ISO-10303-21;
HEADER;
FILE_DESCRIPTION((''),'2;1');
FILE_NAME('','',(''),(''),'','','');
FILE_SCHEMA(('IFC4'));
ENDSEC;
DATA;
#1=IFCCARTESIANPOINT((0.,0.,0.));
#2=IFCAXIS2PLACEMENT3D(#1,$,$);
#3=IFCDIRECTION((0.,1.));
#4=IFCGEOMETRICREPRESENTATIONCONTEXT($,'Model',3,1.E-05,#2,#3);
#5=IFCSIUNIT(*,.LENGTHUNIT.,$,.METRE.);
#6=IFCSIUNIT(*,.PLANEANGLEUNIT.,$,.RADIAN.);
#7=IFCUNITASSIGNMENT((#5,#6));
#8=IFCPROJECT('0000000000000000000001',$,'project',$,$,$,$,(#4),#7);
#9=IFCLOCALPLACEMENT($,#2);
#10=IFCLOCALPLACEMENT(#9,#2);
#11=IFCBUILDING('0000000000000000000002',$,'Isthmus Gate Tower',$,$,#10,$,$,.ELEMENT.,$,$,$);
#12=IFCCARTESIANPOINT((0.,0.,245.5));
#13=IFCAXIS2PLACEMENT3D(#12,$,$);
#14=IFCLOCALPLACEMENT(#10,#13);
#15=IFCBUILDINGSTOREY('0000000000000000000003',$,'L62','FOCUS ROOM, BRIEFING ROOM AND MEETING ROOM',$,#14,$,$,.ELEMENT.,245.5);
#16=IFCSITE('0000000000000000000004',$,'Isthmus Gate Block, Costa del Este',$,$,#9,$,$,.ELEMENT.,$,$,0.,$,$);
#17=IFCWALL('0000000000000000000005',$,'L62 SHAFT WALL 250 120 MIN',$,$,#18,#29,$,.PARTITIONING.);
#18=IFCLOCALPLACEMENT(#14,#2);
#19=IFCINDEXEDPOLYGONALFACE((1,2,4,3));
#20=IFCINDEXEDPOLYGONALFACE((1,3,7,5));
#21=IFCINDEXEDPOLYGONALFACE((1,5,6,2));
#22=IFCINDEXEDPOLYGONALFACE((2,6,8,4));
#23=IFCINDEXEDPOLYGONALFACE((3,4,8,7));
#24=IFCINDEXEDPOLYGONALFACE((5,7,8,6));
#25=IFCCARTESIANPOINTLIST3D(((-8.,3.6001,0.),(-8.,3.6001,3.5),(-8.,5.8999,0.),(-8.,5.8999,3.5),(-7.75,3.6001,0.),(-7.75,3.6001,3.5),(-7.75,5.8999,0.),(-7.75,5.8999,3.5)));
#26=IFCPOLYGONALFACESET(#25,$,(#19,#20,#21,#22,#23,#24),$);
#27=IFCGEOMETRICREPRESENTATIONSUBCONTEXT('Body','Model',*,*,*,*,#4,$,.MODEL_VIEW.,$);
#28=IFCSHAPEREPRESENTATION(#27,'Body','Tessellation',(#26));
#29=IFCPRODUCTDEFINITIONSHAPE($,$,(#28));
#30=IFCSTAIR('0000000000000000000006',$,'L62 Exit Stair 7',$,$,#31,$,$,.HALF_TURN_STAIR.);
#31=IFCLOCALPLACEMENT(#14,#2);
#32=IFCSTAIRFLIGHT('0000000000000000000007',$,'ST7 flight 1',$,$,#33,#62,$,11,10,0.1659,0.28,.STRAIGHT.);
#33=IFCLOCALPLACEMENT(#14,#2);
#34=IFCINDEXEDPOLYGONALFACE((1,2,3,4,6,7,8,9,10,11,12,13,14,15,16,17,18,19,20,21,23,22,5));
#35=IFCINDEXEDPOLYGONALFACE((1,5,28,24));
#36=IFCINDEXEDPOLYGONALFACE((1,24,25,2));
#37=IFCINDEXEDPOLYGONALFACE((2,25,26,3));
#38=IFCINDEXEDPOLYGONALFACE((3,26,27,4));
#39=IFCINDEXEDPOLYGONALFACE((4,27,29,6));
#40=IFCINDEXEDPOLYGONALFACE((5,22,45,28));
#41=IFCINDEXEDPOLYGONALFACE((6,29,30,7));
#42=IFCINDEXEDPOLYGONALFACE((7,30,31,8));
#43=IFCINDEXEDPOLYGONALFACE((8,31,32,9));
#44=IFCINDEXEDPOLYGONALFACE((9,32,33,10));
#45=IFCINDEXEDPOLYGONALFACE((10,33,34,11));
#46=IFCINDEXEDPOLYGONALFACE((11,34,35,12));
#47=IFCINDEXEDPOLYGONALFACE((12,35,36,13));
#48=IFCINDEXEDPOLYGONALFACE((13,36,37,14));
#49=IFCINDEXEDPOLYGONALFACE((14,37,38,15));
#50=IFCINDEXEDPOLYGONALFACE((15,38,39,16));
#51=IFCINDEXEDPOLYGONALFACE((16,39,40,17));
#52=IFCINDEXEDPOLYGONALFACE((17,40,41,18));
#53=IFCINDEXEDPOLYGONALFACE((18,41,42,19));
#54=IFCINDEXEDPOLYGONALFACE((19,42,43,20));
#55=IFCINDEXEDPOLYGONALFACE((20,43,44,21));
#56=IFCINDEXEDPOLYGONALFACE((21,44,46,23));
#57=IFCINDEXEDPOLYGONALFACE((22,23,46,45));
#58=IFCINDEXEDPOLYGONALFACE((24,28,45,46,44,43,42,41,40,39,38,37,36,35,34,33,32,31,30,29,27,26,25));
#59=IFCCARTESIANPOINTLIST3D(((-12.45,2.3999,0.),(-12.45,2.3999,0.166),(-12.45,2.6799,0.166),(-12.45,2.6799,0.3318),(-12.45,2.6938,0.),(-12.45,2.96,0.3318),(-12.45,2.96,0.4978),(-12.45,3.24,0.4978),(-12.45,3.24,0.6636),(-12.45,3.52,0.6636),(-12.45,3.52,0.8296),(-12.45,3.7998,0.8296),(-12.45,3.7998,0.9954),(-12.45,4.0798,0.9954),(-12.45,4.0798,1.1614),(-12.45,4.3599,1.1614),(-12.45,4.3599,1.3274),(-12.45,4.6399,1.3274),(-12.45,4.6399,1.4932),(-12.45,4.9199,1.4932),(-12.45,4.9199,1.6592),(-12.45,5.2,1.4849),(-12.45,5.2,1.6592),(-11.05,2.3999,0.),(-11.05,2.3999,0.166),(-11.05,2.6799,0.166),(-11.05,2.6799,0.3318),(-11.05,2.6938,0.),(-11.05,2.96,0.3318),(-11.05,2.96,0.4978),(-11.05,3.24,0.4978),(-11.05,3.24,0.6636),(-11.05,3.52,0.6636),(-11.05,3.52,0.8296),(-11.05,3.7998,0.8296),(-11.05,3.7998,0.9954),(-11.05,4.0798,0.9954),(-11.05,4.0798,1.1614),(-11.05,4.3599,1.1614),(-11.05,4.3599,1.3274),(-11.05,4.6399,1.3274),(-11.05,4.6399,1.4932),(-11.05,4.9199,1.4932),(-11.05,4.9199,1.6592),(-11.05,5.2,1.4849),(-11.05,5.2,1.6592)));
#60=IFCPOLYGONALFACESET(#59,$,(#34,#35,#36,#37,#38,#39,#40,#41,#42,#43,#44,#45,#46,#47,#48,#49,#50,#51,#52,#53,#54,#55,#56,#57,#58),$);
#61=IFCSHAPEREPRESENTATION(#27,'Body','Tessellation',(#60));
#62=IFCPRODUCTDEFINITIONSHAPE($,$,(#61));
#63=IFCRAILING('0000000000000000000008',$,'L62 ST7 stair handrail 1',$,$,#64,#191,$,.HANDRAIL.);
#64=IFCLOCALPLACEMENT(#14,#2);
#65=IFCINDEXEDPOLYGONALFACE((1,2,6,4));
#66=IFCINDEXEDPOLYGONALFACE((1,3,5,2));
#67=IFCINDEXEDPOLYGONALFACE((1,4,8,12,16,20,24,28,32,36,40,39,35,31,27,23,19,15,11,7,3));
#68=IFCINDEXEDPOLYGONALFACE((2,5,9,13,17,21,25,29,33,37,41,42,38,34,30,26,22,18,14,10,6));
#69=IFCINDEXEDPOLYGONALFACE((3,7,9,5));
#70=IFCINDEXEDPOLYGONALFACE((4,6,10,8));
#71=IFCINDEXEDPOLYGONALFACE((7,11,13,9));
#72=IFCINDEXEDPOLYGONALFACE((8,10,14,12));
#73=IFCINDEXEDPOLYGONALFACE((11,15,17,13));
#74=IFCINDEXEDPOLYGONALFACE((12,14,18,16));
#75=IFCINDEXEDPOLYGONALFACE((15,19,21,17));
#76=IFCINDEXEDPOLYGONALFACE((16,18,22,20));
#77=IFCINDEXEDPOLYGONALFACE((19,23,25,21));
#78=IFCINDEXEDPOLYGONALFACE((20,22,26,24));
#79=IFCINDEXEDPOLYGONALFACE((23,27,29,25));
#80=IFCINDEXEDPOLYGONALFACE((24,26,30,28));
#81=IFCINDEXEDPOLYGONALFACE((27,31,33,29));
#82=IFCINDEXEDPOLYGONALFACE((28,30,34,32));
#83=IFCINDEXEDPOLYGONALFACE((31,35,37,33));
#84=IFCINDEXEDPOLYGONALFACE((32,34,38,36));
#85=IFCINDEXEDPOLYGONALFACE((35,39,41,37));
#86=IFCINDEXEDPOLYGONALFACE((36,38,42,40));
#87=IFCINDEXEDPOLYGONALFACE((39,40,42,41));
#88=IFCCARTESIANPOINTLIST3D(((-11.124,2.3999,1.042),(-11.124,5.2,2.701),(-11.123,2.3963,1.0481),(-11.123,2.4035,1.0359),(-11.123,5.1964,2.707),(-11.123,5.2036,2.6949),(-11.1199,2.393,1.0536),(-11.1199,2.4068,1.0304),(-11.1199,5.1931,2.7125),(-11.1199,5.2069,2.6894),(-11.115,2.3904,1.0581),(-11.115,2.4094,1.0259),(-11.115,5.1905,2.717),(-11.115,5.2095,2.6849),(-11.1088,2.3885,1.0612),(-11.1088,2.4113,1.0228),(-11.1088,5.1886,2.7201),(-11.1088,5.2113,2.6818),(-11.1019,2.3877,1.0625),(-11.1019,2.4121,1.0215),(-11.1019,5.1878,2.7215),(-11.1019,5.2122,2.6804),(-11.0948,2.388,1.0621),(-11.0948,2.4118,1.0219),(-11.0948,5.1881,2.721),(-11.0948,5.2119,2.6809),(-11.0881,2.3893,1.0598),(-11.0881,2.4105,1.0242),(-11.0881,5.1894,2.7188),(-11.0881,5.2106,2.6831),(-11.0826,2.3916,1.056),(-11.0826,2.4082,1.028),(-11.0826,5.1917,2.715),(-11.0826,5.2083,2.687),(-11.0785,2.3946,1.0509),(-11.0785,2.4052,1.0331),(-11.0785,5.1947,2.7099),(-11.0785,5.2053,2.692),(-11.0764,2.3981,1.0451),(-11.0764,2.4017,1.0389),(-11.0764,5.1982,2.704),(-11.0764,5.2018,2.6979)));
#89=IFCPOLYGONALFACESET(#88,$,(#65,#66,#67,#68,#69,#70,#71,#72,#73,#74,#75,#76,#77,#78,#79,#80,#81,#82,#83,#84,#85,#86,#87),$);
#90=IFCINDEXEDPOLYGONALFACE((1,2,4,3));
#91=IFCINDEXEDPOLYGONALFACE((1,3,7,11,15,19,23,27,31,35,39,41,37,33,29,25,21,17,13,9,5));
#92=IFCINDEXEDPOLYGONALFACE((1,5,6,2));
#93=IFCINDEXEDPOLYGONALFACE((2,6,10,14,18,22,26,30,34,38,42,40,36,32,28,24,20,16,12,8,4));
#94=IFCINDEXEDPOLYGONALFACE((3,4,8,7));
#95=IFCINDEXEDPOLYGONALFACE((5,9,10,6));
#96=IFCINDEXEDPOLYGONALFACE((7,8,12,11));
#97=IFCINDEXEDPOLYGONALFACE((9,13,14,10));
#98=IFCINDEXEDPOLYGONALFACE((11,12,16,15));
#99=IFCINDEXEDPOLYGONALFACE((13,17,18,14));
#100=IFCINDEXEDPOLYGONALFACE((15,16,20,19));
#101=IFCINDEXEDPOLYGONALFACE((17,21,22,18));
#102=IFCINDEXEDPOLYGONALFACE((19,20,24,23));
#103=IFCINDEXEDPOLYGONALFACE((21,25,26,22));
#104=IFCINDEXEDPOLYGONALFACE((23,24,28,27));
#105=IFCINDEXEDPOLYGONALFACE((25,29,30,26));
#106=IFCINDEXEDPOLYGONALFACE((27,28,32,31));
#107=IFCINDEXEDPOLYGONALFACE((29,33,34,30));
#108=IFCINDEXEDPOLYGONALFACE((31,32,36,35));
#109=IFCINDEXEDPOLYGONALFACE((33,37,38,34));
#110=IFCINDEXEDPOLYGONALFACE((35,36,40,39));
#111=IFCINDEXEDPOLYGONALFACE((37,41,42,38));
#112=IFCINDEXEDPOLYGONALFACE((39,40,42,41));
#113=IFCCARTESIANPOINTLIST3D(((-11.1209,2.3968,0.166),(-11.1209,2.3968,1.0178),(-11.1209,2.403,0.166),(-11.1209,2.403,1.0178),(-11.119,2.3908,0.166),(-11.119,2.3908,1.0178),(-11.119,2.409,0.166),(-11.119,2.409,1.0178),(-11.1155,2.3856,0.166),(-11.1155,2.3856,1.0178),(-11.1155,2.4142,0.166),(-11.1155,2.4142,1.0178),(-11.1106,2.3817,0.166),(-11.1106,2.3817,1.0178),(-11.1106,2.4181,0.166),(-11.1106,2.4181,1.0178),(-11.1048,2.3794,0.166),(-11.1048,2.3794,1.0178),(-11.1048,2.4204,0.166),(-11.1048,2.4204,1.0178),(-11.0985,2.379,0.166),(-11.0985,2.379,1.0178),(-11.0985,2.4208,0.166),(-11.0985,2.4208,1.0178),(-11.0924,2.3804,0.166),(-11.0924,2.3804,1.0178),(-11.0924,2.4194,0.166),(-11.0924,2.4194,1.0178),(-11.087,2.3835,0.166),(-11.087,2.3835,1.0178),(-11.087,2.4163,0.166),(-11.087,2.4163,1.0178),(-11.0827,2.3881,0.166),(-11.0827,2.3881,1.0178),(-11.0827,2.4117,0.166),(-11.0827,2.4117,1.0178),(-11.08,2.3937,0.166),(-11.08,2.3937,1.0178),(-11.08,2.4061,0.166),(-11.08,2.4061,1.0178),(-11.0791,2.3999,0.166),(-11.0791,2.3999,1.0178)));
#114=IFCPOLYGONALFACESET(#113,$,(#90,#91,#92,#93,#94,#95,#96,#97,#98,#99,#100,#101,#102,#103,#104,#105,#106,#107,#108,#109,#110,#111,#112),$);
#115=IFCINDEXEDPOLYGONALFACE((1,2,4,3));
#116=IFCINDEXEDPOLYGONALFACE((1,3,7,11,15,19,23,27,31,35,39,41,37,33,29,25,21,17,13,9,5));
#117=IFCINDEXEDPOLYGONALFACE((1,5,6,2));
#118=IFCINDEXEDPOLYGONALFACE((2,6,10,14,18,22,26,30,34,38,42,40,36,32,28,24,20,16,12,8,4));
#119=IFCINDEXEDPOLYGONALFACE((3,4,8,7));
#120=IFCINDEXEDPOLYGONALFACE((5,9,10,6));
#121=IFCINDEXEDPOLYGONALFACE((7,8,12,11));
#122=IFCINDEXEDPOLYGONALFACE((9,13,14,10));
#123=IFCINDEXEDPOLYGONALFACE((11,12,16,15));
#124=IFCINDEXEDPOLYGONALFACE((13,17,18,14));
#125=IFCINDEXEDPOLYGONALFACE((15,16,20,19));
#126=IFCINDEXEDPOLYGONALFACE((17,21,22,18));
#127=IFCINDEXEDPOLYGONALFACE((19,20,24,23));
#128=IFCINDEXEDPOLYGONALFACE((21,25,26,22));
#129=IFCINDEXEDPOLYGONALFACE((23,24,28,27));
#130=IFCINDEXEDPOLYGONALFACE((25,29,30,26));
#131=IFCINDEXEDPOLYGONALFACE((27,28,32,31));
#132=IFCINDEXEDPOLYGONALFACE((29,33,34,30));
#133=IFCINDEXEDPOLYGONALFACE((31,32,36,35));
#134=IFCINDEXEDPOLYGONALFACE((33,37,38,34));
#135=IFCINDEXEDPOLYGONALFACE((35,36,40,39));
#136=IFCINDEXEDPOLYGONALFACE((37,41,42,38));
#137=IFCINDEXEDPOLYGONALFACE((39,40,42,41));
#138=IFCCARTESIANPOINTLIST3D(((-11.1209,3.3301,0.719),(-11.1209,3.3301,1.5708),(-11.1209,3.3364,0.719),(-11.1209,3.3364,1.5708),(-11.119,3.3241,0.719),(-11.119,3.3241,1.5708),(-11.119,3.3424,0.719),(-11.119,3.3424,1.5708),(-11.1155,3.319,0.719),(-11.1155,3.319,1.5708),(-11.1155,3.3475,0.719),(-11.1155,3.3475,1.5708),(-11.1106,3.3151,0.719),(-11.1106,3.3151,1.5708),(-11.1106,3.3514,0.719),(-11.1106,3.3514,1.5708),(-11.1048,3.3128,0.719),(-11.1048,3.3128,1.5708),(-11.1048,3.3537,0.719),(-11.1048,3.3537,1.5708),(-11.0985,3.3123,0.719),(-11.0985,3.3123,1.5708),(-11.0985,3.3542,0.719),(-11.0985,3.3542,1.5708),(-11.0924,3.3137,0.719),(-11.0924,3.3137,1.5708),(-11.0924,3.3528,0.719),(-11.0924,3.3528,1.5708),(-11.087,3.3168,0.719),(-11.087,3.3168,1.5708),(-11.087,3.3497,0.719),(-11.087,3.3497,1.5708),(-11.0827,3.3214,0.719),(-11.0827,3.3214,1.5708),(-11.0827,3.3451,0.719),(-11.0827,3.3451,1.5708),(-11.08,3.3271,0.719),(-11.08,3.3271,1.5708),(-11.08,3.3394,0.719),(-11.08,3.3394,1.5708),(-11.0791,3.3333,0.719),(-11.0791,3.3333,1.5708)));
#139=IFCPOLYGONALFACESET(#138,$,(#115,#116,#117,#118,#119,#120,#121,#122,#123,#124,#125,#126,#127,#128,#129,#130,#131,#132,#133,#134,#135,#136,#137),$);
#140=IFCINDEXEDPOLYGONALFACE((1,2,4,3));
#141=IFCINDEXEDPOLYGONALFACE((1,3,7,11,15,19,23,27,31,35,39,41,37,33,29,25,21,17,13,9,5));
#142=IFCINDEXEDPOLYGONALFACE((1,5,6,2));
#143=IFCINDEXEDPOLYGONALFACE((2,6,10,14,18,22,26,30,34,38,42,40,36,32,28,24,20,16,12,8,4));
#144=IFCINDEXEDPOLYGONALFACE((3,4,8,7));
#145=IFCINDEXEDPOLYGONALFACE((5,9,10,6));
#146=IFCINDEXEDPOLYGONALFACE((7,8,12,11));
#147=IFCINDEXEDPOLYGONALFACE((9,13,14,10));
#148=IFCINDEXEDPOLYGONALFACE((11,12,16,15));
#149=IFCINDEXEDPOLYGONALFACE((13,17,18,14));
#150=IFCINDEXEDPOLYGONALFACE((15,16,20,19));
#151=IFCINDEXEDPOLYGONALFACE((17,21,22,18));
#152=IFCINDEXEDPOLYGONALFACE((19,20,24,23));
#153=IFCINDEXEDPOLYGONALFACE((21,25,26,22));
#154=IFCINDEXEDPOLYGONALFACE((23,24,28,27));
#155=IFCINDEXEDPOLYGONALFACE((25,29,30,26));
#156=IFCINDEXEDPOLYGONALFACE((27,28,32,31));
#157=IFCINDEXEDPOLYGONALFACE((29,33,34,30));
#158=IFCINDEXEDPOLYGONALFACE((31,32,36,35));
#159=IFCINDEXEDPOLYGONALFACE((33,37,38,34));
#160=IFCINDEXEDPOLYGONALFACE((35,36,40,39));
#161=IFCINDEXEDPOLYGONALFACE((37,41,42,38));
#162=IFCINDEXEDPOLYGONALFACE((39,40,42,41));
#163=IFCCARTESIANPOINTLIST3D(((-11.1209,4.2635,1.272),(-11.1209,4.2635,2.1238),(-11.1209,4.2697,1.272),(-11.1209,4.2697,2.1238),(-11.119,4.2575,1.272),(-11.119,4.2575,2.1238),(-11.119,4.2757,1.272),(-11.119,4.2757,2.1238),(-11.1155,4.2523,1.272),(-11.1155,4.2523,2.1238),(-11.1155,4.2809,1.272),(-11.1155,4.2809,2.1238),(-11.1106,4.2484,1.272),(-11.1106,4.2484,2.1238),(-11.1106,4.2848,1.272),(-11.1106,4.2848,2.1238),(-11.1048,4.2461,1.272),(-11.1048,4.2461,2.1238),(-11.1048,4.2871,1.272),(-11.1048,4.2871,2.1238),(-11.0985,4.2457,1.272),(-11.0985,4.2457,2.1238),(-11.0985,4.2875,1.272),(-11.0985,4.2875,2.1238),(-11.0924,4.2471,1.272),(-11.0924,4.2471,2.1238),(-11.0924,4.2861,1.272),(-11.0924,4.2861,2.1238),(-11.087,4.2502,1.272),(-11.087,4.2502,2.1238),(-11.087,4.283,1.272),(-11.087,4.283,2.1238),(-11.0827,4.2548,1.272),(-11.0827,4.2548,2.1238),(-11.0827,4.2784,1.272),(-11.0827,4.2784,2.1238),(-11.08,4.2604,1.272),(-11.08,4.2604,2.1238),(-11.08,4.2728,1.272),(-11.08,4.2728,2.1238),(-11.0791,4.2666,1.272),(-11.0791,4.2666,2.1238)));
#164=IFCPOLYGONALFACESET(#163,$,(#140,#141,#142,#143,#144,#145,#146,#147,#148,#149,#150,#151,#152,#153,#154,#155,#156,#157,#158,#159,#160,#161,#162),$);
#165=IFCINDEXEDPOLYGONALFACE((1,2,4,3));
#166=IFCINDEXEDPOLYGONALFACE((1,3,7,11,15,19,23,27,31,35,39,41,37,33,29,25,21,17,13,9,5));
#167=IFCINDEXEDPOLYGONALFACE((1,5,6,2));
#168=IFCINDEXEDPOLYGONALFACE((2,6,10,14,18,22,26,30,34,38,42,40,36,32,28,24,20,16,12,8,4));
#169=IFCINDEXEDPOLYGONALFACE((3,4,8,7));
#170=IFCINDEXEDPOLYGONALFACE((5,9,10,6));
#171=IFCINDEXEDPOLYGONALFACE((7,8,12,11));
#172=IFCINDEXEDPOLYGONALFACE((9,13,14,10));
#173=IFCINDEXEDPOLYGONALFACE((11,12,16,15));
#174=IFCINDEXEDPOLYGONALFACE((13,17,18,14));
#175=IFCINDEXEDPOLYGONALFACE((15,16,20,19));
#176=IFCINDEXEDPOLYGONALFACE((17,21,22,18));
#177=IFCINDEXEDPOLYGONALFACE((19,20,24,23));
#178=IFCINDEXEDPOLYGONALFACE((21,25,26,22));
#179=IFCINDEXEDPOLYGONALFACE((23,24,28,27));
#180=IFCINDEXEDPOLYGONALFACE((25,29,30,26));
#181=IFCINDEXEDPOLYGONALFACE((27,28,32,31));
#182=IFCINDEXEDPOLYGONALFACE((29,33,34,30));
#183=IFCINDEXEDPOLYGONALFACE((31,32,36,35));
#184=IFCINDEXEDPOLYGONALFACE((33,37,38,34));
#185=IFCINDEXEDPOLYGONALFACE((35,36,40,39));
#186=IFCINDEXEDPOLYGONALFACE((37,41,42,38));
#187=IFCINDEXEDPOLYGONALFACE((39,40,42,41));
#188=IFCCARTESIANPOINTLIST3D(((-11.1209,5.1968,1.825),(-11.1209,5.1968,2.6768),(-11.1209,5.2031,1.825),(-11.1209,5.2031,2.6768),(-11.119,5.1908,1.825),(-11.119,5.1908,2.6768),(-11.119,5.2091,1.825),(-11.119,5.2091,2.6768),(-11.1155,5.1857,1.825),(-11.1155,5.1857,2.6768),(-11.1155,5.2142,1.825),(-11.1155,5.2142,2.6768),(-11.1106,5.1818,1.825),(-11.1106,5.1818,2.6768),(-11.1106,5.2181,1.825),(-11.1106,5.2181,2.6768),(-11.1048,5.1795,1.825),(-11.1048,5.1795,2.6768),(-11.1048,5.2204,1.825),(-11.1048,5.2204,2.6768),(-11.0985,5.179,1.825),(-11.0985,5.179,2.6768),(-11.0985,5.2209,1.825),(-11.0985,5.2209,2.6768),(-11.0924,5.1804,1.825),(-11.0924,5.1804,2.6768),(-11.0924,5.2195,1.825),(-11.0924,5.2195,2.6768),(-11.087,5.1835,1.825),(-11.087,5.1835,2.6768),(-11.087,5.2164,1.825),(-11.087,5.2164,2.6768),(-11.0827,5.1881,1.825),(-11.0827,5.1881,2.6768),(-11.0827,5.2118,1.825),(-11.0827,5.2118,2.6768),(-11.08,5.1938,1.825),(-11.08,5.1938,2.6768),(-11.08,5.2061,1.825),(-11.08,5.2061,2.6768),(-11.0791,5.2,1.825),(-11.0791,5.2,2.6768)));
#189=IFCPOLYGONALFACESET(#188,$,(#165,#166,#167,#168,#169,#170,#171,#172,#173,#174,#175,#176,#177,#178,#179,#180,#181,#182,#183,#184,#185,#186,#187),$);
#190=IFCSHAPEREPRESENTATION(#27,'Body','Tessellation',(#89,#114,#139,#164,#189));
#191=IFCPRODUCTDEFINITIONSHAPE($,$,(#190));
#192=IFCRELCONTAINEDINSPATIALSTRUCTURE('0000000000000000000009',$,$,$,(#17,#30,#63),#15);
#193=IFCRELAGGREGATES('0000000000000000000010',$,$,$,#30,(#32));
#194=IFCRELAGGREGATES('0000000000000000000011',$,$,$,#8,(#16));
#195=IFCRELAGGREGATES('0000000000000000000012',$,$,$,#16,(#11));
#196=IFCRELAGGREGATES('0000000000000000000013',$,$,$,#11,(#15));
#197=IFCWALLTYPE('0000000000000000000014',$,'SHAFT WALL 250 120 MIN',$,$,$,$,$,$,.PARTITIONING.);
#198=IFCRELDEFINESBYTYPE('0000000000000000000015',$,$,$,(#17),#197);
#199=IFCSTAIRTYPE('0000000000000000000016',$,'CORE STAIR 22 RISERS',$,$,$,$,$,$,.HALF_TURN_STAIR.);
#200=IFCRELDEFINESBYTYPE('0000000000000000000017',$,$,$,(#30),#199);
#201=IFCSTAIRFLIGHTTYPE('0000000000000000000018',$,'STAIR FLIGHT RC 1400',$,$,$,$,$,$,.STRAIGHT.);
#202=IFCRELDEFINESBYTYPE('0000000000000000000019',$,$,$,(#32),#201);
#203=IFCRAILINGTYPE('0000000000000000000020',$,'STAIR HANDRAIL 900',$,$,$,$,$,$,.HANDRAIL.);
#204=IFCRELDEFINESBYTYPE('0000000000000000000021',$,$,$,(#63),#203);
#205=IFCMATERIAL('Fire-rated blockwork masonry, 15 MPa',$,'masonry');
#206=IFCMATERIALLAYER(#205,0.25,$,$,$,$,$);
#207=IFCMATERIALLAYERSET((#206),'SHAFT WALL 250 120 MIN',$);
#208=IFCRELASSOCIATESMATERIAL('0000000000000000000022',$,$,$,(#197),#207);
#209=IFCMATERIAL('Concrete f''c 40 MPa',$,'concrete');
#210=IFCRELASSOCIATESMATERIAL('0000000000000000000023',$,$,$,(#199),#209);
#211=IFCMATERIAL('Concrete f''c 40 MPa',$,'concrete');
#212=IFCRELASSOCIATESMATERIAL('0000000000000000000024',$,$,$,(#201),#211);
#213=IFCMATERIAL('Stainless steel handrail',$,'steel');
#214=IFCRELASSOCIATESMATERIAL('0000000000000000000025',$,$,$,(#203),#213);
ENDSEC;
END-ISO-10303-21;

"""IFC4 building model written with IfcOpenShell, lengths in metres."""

from ifc_helpers import new_model, si_unit, direction, frame, frame_2d, origin, origin_2d, place, context, subcontext, project, spatial, polyline, rectangle, circle, outline, extrude, material, layer, layer_set, type_object, element, aggregate, save


model = new_model("IFC4")

# Units and contexts
model_context = context("Model", 3, precision=1e-05, world=origin(), true_north=direction((0.0, 1.0)))
body_context = subcontext(model_context, "Body", "Model", "MODEL_VIEW")
ifc_project = project(units=[si_unit("LENGTHUNIT", "METRE"), si_unit("PLANEANGLEUNIT", "RADIAN")], contexts=[model_context])

# Site, building, storey
site_placement = place(None, origin())
site = spatial("IfcSite", under=ifc_project, at=site_placement, Name="Isthmus Gate Block, Costa del Este", CompositionType="ELEMENT", RefElevation=0.0)
building_placement = place(site_placement, origin())
building = spatial("IfcBuilding", under=site, at=building_placement, Name="Isthmus Gate Tower", CompositionType="ELEMENT")
storey_placement = place(building_placement, frame((0.0, 0.0, 245.5)))
storey = spatial("IfcBuildingStorey", under=building, at=storey_placement, Name="L62", Description="FOCUS ROOM, BRIEFING ROOM AND MEETING ROOM", CompositionType="ELEMENT", Elevation=245.5)

# Wall
ifc_material_1 = material(Name="Fire-rated blockwork masonry, 15 MPa", Category="masonry")
ifc_layer_1 = layer(ifc_material_1, 0.25)
ifc_layer_set_1 = layer_set([ifc_layer_1], Name="SHAFT WALL 250 120 MIN")
wall_type_1 = type_object("IfcWallType", Name="SHAFT WALL 250 120 MIN", PredefinedType="PARTITIONING", material=ifc_layer_set_1)
wall_1_placement = place(storey_placement, frame((-7.875, 3.6001, 0.0), z_axis=(0.0, 0.0, 1.0), x_axis=(0.0, 1.0, 0.0)))
element("IfcWall", 1, at=wall_1_placement, inside=storey, type_object=wall_type_1, Name="L62 SHAFT WALL 250 120 MIN", PredefinedType="PARTITIONING", context=body_context, shape_type="SweptSolid", body=[
    extrude(rectangle(XDim=2.2998, YDim=0.25, at=frame_2d((1.1499, 0.0))), origin(), (0.0, 0.0, 1.0), 3.5),
])

# Stair, stair flight
ifc_material_2 = material(Name="Concrete f'c 40 MPa", Category="concrete")
stair_type = type_object("IfcStairType", Name="CORE STAIR 22 RISERS", PredefinedType="HALF_TURN_STAIR", material=ifc_material_2)
stair_placement = place(storey_placement, origin())
stair = element("IfcStair", 2, at=stair_placement, inside=storey, type_object=stair_type, Name="L62 Exit Stair 7", PredefinedType="HALF_TURN_STAIR")
ifc_material_3 = material(Name="Concrete f'c 40 MPa", Category="concrete")
stair_flight_type = type_object("IfcStairFlightType", Name="STAIR FLIGHT RC 1400", PredefinedType="STRAIGHT", material=ifc_material_3)
stair_flight_placement = place(storey_placement, frame((-11.75, 2.3999, 0.0), z_axis=(0.0, 0.0, 1.0), x_axis=(0.0, 1.0, 0.0)))
stair_flight = element("IfcStairFlight", 3, at=stair_flight_placement, type_object=stair_flight_type, Name="ST7 flight 1", NumberOfRisers=11, NumberOfTreads=10, PredefinedType="STRAIGHT", RiserHeight=0.1659, TreadLength=0.28, context=body_context, shape_type="SweptSolid", body=[
    extrude(outline(polyline([(0.0, 0.0), (0.0, 0.166), (0.28, 0.166), (0.28, 0.3318), (0.5601, 0.3318), (0.5601, 0.4978), (0.8401, 0.4978), (0.8401, 0.6636), (1.1201, 0.6636), (1.1201, 0.8296), (1.3999, 0.8296), (1.3999, 0.9954), (1.6799, 0.9954), (1.6799, 1.1614), (1.96, 1.1614), (1.96, 1.3274), (2.24, 1.3274), (2.24, 1.4932), (2.52, 1.4932), (2.52, 1.6592), (2.8, 1.6592), (2.8, 1.825), (2.8, 1.4849), (0.2939, 0.0), (0.0, 0.0)])), frame((0.0, 0.7, 0.0), z_axis=(0.0, -1.0, 0.0), x_axis=(1.0, 0.0, 0.0)), (0.0, 0.0, 1.0), 1.3999),
])
aggregate(stair, [stair_flight])

# Railing
ifc_material_4 = material(Name="Stainless steel handrail", Category="steel")
railing_type_1 = type_object("IfcRailingType", Name="STAIR HANDRAIL 900", PredefinedType="HANDRAIL", material=ifc_material_4)
railing_1_placement = place(storey_placement, frame((-11.1001, 2.3999, 0.166)))
element("IfcRailing", 4, at=railing_1_placement, inside=storey, type_object=railing_type_1, Name="L62 ST7 stair handrail 1", PredefinedType="HANDRAIL", context=body_context, shape_type="SweptSolid", body=[
    extrude(circle(Radius=0.0239, at=origin_2d()), frame((0.0, 0.0, 0.876), z_axis=(0.0, 0.860339, 0.509722), x_axis=(-1.0, 0.0, 0.0)), (0.0, 0.0, 1.0), 3.2546),
    extrude(circle(Radius=0.021, at=origin_2d()), origin(), (0.0, 0.0, 1.0), 0.8518),
    extrude(circle(Radius=0.021, at=origin_2d()), frame((0.0, 0.9333, 0.553)), (0.0, 0.0, 1.0), 0.8518),
    extrude(circle(Radius=0.021, at=origin_2d()), frame((0.0, 1.8667, 1.106)), (0.0, 0.0, 1.0), 0.8518),
    extrude(circle(Radius=0.021, at=origin_2d()), frame((0.0, 2.8, 1.6589)), (0.0, 0.0, 1.0), 0.8518),
])

save(model, "model.ifc")
